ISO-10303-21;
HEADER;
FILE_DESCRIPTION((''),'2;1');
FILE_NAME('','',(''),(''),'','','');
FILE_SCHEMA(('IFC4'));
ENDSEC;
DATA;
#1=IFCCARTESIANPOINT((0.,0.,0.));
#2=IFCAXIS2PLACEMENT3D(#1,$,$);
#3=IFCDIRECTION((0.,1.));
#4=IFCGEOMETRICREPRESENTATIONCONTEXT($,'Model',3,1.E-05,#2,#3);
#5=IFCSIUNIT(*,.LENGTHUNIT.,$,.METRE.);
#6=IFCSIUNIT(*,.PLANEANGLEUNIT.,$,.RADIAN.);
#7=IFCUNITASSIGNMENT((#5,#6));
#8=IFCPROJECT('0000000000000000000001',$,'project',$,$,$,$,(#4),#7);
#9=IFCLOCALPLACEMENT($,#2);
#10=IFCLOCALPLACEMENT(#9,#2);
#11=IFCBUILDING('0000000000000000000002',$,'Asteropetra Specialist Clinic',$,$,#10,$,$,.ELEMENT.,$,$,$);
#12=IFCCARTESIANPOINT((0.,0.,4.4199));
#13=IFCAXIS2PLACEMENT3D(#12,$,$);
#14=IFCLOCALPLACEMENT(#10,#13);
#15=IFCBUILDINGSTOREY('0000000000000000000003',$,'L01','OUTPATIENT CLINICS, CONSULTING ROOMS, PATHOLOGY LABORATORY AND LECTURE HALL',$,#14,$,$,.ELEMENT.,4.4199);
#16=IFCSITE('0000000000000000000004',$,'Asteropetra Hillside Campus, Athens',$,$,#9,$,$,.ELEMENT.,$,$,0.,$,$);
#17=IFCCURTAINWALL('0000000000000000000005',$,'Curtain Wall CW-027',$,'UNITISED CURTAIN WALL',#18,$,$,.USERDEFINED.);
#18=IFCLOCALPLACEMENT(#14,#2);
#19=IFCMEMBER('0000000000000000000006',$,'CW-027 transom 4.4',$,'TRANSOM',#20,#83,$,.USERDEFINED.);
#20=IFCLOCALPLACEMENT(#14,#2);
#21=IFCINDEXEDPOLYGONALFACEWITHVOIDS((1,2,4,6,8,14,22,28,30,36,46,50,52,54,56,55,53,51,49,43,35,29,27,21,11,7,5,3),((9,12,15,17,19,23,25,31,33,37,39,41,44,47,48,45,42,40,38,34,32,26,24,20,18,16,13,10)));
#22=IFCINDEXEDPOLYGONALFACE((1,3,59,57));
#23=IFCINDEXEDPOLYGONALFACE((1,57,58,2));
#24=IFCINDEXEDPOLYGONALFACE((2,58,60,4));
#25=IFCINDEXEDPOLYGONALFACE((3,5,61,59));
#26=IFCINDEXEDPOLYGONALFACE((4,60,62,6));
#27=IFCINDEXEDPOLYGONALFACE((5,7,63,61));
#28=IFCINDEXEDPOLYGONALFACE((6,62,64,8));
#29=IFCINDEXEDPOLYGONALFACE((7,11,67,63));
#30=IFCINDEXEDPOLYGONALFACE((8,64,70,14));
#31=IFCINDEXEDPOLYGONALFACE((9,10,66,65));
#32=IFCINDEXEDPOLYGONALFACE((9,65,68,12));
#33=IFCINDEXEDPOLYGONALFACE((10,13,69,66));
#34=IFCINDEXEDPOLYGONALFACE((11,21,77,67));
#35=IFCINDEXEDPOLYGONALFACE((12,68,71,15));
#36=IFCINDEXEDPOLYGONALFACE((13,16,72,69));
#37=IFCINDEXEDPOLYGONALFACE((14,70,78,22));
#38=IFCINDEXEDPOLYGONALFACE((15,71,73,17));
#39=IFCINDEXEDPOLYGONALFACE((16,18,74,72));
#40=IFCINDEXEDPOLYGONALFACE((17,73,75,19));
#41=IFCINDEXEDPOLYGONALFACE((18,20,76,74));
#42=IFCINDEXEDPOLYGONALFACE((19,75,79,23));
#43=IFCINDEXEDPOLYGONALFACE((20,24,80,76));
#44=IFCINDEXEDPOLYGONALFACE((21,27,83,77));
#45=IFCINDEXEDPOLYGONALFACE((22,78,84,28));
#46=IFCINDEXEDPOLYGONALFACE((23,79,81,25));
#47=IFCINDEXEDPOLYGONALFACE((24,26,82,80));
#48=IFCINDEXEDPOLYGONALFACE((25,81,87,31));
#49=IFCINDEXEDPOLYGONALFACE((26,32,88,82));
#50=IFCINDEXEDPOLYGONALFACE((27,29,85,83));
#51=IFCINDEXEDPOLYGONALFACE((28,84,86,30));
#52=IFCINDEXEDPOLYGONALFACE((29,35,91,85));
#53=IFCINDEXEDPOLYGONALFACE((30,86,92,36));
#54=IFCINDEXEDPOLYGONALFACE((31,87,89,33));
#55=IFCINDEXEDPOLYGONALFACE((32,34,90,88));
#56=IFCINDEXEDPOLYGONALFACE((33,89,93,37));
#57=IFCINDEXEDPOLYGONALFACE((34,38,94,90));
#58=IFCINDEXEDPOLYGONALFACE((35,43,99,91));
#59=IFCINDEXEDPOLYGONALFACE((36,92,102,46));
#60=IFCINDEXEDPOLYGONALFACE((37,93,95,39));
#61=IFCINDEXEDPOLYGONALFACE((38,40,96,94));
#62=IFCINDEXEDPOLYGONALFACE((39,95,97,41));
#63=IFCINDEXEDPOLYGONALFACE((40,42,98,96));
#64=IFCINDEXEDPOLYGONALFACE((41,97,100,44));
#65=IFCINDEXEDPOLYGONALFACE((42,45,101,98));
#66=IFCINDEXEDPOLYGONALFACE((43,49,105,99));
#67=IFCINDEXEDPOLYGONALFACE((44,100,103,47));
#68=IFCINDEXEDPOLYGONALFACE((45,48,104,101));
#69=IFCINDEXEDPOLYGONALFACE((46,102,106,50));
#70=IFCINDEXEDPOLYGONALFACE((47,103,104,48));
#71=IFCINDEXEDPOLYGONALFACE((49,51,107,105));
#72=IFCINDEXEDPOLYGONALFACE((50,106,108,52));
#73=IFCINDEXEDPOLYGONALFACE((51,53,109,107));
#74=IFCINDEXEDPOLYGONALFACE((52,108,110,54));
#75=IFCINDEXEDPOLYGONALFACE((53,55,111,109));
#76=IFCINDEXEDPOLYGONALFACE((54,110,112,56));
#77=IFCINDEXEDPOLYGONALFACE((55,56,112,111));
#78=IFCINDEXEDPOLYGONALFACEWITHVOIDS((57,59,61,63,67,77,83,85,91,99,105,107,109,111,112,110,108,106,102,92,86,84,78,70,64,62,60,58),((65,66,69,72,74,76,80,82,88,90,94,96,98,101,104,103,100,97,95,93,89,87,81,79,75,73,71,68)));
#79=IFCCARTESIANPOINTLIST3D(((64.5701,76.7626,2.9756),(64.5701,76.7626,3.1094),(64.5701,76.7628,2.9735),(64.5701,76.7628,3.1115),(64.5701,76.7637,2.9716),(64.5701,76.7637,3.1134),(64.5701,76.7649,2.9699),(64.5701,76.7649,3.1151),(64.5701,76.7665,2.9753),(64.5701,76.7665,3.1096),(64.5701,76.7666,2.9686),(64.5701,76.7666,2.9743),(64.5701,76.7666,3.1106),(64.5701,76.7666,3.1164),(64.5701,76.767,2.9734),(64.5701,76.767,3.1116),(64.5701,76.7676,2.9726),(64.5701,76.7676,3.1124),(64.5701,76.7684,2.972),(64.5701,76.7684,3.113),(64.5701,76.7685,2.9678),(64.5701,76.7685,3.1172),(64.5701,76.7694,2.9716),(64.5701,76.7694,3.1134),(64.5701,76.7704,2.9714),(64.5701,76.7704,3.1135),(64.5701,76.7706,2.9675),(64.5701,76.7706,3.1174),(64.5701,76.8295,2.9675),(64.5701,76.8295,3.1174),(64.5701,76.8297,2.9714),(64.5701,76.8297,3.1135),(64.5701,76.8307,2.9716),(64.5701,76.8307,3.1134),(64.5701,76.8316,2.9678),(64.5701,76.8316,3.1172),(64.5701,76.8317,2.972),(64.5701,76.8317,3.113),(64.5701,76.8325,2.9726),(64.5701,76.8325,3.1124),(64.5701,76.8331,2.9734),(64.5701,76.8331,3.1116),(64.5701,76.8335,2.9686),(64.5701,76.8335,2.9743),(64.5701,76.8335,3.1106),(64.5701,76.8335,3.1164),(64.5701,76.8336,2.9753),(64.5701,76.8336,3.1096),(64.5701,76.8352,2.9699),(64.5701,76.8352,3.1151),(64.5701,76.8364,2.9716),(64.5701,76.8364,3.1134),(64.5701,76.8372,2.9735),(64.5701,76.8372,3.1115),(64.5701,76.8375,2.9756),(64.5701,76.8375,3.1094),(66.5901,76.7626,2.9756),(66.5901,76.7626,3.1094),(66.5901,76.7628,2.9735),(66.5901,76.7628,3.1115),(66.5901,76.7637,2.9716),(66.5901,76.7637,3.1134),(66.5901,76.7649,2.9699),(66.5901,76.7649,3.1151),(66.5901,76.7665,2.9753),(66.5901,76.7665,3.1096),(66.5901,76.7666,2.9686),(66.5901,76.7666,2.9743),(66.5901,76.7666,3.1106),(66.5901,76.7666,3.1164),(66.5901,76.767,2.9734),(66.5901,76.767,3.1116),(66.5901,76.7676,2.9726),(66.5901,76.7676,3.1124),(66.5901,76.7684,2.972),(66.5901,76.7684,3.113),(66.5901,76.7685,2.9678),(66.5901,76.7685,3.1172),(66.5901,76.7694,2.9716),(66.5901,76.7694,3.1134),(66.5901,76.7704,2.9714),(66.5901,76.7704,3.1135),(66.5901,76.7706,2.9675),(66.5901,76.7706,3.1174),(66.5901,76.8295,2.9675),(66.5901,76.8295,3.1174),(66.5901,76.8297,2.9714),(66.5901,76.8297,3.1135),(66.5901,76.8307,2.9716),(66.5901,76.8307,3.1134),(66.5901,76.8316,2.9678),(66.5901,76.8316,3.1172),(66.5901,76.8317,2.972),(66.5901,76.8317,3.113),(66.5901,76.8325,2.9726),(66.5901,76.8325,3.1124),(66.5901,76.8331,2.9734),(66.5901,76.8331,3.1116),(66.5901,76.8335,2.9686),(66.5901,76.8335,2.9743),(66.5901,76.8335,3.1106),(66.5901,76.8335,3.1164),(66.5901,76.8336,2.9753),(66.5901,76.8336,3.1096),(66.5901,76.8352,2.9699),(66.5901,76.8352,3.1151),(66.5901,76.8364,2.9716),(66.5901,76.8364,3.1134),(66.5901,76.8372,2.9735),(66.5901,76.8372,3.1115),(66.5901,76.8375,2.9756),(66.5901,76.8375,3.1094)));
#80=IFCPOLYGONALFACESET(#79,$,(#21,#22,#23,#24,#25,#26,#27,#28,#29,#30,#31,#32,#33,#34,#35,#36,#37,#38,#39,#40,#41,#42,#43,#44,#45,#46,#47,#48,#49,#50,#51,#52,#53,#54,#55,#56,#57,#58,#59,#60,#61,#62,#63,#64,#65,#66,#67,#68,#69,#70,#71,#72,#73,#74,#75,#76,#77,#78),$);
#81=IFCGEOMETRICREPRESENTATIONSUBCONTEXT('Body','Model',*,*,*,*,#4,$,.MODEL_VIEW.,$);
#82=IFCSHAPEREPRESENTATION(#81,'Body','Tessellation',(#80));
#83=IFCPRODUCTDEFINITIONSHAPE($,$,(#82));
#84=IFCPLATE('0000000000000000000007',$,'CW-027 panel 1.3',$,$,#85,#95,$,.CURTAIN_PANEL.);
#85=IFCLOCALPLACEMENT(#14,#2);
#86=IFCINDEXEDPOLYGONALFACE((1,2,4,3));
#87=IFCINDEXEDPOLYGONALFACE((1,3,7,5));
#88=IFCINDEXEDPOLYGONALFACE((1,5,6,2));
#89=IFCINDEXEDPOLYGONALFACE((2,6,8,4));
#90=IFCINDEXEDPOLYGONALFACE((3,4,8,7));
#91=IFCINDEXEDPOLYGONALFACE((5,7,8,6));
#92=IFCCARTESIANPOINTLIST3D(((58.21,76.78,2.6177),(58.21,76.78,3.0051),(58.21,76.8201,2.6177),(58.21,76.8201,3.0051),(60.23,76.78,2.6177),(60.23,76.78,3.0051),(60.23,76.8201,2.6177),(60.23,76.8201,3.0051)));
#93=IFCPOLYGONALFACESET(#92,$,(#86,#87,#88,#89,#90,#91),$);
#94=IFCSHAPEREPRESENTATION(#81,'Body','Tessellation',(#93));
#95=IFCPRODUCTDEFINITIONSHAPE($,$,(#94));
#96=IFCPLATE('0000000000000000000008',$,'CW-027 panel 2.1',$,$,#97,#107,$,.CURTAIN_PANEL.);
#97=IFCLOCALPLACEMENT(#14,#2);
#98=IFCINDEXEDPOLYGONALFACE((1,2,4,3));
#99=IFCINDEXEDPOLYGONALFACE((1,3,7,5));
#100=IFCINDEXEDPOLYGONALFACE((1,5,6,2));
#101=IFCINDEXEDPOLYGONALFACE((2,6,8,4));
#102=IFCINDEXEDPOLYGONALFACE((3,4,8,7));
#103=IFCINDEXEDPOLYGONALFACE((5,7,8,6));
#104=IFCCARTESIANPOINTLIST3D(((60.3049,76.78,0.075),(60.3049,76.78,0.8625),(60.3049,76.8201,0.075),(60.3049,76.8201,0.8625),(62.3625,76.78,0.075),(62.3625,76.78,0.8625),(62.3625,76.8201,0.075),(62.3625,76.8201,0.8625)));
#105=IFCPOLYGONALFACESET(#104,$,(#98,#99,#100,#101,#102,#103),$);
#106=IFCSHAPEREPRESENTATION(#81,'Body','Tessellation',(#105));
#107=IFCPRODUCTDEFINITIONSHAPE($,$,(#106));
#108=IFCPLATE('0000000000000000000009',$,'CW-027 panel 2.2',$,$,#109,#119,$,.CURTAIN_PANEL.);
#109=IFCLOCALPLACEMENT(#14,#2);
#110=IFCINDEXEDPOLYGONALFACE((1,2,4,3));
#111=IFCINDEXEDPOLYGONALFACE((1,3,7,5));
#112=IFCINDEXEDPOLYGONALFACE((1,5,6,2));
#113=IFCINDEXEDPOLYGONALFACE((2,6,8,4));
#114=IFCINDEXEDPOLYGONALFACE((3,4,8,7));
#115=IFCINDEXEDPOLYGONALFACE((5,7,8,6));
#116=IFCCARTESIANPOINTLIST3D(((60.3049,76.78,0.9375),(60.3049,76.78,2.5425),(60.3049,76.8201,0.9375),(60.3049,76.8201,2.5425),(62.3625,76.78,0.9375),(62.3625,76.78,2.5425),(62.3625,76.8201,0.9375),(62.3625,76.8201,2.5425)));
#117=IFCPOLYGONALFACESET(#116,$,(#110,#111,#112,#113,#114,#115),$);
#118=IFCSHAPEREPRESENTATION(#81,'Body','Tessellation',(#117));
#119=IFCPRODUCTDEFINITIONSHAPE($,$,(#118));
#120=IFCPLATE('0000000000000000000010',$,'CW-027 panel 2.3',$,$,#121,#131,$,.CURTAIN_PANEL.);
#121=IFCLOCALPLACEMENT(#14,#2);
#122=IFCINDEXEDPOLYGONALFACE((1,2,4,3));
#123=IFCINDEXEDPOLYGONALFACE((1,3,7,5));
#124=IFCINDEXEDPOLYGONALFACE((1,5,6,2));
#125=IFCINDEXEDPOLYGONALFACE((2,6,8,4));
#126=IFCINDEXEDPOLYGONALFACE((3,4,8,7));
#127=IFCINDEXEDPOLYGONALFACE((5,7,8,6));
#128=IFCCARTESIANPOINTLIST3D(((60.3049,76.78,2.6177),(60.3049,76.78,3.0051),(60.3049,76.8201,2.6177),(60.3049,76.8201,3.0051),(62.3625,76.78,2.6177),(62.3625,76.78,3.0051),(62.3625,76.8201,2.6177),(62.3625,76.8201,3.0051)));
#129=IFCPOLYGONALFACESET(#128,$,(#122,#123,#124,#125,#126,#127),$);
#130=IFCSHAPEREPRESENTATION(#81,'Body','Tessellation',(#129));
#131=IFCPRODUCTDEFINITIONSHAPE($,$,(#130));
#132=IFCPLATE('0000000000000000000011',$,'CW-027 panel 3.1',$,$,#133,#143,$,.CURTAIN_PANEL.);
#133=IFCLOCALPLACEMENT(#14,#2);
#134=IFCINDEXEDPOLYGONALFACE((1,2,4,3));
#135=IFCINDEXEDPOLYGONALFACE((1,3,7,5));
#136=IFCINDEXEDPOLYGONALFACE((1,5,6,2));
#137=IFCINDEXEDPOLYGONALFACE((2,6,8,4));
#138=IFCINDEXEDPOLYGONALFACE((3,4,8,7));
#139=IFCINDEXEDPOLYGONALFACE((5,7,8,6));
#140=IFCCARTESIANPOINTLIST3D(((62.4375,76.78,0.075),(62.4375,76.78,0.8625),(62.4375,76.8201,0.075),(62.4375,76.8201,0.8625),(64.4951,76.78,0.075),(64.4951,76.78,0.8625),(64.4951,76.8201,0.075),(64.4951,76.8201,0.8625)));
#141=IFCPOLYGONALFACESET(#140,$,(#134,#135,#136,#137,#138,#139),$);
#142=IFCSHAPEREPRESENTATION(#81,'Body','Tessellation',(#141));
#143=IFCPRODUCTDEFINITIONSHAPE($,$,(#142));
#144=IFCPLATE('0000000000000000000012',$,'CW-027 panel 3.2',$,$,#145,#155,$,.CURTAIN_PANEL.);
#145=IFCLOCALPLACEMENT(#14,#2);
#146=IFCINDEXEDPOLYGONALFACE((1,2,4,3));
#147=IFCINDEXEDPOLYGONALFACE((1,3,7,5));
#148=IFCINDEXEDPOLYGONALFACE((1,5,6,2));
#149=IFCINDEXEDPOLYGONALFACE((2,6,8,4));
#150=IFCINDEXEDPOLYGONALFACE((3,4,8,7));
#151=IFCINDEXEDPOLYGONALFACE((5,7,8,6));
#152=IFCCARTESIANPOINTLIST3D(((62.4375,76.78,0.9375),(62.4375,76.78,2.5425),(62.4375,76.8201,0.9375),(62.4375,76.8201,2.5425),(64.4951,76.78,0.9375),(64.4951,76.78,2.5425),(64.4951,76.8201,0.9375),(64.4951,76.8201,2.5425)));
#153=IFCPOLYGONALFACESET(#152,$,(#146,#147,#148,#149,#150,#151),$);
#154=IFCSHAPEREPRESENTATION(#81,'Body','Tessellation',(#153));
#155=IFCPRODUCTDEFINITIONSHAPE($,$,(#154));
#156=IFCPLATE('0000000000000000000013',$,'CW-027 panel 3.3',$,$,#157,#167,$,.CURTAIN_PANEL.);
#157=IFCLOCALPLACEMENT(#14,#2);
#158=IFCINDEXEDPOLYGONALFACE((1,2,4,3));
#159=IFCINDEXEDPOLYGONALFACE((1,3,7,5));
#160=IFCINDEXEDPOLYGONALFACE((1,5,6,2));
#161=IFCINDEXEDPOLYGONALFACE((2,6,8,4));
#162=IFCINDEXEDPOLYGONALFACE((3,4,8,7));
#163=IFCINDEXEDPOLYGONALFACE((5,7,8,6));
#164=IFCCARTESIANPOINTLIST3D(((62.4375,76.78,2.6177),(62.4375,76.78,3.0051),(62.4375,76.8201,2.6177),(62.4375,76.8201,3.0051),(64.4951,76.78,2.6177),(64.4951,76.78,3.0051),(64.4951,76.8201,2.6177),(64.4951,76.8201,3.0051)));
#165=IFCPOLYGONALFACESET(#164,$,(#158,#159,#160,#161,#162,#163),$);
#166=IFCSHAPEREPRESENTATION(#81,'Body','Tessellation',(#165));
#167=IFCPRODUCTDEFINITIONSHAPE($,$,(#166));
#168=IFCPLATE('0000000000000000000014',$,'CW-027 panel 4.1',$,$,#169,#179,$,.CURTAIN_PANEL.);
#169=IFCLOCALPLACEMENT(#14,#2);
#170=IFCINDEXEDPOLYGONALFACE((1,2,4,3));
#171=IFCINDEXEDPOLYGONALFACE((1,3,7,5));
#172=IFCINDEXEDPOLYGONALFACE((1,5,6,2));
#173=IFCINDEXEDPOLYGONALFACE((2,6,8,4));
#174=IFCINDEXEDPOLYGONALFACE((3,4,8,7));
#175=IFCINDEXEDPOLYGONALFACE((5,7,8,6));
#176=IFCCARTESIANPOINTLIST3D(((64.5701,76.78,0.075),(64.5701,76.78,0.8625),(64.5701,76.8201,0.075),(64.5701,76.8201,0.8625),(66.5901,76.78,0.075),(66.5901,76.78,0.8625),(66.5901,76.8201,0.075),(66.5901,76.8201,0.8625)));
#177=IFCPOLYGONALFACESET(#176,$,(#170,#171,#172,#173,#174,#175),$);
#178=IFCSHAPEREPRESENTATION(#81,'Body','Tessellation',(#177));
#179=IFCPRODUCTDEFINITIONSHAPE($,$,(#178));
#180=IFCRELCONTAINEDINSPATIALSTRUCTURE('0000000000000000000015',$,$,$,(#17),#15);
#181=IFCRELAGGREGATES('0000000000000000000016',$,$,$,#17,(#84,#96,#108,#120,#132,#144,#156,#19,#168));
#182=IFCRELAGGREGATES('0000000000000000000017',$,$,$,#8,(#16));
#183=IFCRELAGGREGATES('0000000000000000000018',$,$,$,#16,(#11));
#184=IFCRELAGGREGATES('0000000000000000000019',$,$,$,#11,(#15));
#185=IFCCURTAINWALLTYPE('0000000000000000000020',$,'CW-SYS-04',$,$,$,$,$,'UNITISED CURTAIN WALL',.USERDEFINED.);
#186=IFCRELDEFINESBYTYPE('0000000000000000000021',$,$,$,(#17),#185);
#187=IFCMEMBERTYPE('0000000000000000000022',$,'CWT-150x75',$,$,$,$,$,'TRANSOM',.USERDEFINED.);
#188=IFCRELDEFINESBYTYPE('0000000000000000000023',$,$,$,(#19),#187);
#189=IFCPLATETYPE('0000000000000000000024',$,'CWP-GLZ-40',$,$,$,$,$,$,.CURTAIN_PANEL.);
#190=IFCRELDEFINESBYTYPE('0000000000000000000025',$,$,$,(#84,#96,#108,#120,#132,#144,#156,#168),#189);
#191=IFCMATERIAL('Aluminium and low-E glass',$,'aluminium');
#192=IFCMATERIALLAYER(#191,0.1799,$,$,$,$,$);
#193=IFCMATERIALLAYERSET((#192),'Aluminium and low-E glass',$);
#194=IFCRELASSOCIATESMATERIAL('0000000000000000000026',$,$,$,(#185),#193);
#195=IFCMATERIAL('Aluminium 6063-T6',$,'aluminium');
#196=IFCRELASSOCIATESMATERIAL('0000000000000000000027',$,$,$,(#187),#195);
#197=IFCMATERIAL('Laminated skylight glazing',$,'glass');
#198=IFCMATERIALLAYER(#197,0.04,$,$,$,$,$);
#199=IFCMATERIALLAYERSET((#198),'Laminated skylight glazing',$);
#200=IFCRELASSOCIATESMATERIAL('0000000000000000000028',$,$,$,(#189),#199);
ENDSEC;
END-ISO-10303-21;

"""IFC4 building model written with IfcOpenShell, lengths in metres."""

from ifc_helpers import new_model, si_unit, direction, frame, origin, origin_2d, place, context, subcontext, project, spatial, rectangle, hollow_rectangle, extrude, material, layer, layer_set, material_profile, profile_set, type_object, element, aggregate, save


model = new_model("IFC4")

# Units and contexts
model_context = context("Model", 3, precision=1e-05, world=origin(), true_north=direction((0.0, 1.0)))
body_context = subcontext(model_context, "Body", "Model", "MODEL_VIEW")
ifc_project = project(units=[si_unit("LENGTHUNIT", "METRE"), si_unit("PLANEANGLEUNIT", "RADIAN")], contexts=[model_context])

# Site, building, storey
site_placement = place(None, origin())
site = spatial("IfcSite", under=ifc_project, at=site_placement, Name="Asteropetra Hillside Campus, Athens", CompositionType="ELEMENT", RefElevation=0.0)
building_placement = place(site_placement, origin())
building = spatial("IfcBuilding", under=site, at=building_placement, Name="Asteropetra Specialist Clinic", CompositionType="ELEMENT")
storey_placement = place(building_placement, frame((0.0, 0.0, 4.4199)))
storey = spatial("IfcBuildingStorey", under=building, at=storey_placement, Name="L01", Description="OUTPATIENT CLINICS, CONSULTING ROOMS, PATHOLOGY LABORATORY AND LECTURE HALL", CompositionType="ELEMENT", Elevation=4.4199)

# Curtain wall, member, plates
ifc_material_1 = material(Name="Aluminium and low-E glass", Category="aluminium")
ifc_layer_1 = layer(ifc_material_1, 0.1799)
ifc_layer_set_1 = layer_set([ifc_layer_1], Name="Aluminium and low-E glass")
curtain_wall_type = type_object("IfcCurtainWallType", Name="CW-SYS-04", ElementType="UNITISED CURTAIN WALL", PredefinedType="USERDEFINED", material=ifc_layer_set_1)
curtain_wall_placement = place(storey_placement, origin())
curtain_wall = element("IfcCurtainWall", 1, at=curtain_wall_placement, inside=storey, type_object=curtain_wall_type, Name="Curtain Wall CW-027", ObjectType="UNITISED CURTAIN WALL", PredefinedType="USERDEFINED")
ifc_material_2 = material(Name="Aluminium 6063-T6", Category="aluminium")
ifc_material_profile_1 = material_profile(ifc_material_2, hollow_rectangle(XDim=0.075, YDim=0.1499, WallThickness=0.0039, InnerFilletRadius=0.0039, OuterFilletRadius=0.0081, at=origin_2d()), Name="TRN 150x75x4.0")
ifc_profile_set_1 = profile_set([ifc_material_profile_1], Name="Aluminium 6063-T6")
member_type_1 = type_object("IfcMemberType", Name="CWT-150x75", ElementType="TRANSOM", PredefinedType="USERDEFINED", material=ifc_profile_set_1)
member_1_placement = place(storey_placement, frame((64.5701, 76.8, 3.0425), z_axis=(1.0, 0.0, 0.0), x_axis=(0.0, 1.0, 0.0)))
member_1 = element("IfcMember", 2, at=member_1_placement, type_object=member_type_1, Name="CW-027 transom 4.4", ObjectType="TRANSOM", PredefinedType="USERDEFINED", context=body_context, shape_type="SweptSolid", body=[
    extrude(hollow_rectangle(XDim=0.075, YDim=0.1499, WallThickness=0.0039, InnerFilletRadius=0.0039, OuterFilletRadius=0.0081, at=origin_2d()), origin(), (0.0, 0.0, 1.0), 2.02),
])
ifc_material_3 = material(Name="Laminated skylight glazing", Category="glass")
ifc_layer_2 = layer(ifc_material_3, 0.04)
ifc_layer_set_2 = layer_set([ifc_layer_2], Name="Laminated skylight glazing")
plate_type = type_object("IfcPlateType", Name="CWP-GLZ-40", PredefinedType="CURTAIN_PANEL", material=ifc_layer_set_2)
plate_1_placement = place(storey_placement, frame((59.22, 76.8, 2.6177), z_axis=(0.0, 0.0, 1.0), x_axis=(1.0, 0.0, 0.0)))
plate_1 = element("IfcPlate", 3, at=plate_1_placement, type_object=plate_type, Name="CW-027 panel 1.3", PredefinedType="CURTAIN_PANEL", context=body_context, shape_type="SweptSolid", body=[
    extrude(rectangle(XDim=2.02, YDim=0.04, at=origin_2d()), origin(), (0.0, 0.0, 1.0), 0.3875),
])
plate_2_placement = place(storey_placement, frame((61.3337, 76.8, 0.075), z_axis=(0.0, 0.0, 1.0), x_axis=(1.0, 0.0, 0.0)))
plate_2 = element("IfcPlate", 4, at=plate_2_placement, type_object=plate_type, Name="CW-027 panel 2.1", PredefinedType="CURTAIN_PANEL", context=body_context, shape_type="SweptSolid", body=[
    extrude(rectangle(XDim=2.0576, YDim=0.04, at=origin_2d()), origin(), (0.0, 0.0, 1.0), 0.7876),
])
plate_3_placement = place(storey_placement, frame((61.3337, 76.8, 0.9375), z_axis=(0.0, 0.0, 1.0), x_axis=(1.0, 0.0, 0.0)))
plate_3 = element("IfcPlate", 5, at=plate_3_placement, type_object=plate_type, Name="CW-027 panel 2.2", PredefinedType="CURTAIN_PANEL", context=body_context, shape_type="SweptSolid", body=[
    extrude(rectangle(XDim=2.0576, YDim=0.04, at=origin_2d()), origin(), (0.0, 0.0, 1.0), 1.605),
])
plate_4_placement = place(storey_placement, frame((61.3337, 76.8, 2.6177), z_axis=(0.0, 0.0, 1.0), x_axis=(1.0, 0.0, 0.0)))
plate_4 = element("IfcPlate", 6, at=plate_4_placement, type_object=plate_type, Name="CW-027 panel 2.3", PredefinedType="CURTAIN_PANEL", context=body_context, shape_type="SweptSolid", body=[
    extrude(rectangle(XDim=2.0576, YDim=0.04, at=origin_2d()), origin(), (0.0, 0.0, 1.0), 0.3875),
])
plate_5_placement = place(storey_placement, frame((63.4663, 76.8, 0.075), z_axis=(0.0, 0.0, 1.0), x_axis=(1.0, 0.0, 0.0)))
plate_5 = element("IfcPlate", 7, at=plate_5_placement, type_object=plate_type, Name="CW-027 panel 3.1", PredefinedType="CURTAIN_PANEL", context=body_context, shape_type="SweptSolid", body=[
    extrude(rectangle(XDim=2.0576, YDim=0.04, at=origin_2d()), origin(), (0.0, 0.0, 1.0), 0.7876),
])
plate_6_placement = place(storey_placement, frame((63.4663, 76.8, 0.9375), z_axis=(0.0, 0.0, 1.0), x_axis=(1.0, 0.0, 0.0)))
plate_6 = element("IfcPlate", 8, at=plate_6_placement, type_object=plate_type, Name="CW-027 panel 3.2", PredefinedType="CURTAIN_PANEL", context=body_context, shape_type="SweptSolid", body=[
    extrude(rectangle(XDim=2.0576, YDim=0.04, at=origin_2d()), origin(), (0.0, 0.0, 1.0), 1.605),
])
plate_7_placement = place(storey_placement, frame((63.4663, 76.8, 2.6177), z_axis=(0.0, 0.0, 1.0), x_axis=(1.0, 0.0, 0.0)))
plate_7 = element("IfcPlate", 9, at=plate_7_placement, type_object=plate_type, Name="CW-027 panel 3.3", PredefinedType="CURTAIN_PANEL", context=body_context, shape_type="SweptSolid", body=[
    extrude(rectangle(XDim=2.0576, YDim=0.04, at=origin_2d()), origin(), (0.0, 0.0, 1.0), 0.3875),
])
plate_8_placement = place(storey_placement, frame((65.5801, 76.8, 0.075), z_axis=(0.0, 0.0, 1.0), x_axis=(1.0, 0.0, 0.0)))
plate_8 = element("IfcPlate", 10, at=plate_8_placement, type_object=plate_type, Name="CW-027 panel 4.1", PredefinedType="CURTAIN_PANEL", context=body_context, shape_type="SweptSolid", body=[
    extrude(rectangle(XDim=2.02, YDim=0.04, at=origin_2d()), origin(), (0.0, 0.0, 1.0), 0.7876),
])
aggregate(curtain_wall, [plate_1, plate_2, plate_3, plate_4, plate_5, plate_6, plate_7, member_1, plate_8])

save(model, "model.ifc")
